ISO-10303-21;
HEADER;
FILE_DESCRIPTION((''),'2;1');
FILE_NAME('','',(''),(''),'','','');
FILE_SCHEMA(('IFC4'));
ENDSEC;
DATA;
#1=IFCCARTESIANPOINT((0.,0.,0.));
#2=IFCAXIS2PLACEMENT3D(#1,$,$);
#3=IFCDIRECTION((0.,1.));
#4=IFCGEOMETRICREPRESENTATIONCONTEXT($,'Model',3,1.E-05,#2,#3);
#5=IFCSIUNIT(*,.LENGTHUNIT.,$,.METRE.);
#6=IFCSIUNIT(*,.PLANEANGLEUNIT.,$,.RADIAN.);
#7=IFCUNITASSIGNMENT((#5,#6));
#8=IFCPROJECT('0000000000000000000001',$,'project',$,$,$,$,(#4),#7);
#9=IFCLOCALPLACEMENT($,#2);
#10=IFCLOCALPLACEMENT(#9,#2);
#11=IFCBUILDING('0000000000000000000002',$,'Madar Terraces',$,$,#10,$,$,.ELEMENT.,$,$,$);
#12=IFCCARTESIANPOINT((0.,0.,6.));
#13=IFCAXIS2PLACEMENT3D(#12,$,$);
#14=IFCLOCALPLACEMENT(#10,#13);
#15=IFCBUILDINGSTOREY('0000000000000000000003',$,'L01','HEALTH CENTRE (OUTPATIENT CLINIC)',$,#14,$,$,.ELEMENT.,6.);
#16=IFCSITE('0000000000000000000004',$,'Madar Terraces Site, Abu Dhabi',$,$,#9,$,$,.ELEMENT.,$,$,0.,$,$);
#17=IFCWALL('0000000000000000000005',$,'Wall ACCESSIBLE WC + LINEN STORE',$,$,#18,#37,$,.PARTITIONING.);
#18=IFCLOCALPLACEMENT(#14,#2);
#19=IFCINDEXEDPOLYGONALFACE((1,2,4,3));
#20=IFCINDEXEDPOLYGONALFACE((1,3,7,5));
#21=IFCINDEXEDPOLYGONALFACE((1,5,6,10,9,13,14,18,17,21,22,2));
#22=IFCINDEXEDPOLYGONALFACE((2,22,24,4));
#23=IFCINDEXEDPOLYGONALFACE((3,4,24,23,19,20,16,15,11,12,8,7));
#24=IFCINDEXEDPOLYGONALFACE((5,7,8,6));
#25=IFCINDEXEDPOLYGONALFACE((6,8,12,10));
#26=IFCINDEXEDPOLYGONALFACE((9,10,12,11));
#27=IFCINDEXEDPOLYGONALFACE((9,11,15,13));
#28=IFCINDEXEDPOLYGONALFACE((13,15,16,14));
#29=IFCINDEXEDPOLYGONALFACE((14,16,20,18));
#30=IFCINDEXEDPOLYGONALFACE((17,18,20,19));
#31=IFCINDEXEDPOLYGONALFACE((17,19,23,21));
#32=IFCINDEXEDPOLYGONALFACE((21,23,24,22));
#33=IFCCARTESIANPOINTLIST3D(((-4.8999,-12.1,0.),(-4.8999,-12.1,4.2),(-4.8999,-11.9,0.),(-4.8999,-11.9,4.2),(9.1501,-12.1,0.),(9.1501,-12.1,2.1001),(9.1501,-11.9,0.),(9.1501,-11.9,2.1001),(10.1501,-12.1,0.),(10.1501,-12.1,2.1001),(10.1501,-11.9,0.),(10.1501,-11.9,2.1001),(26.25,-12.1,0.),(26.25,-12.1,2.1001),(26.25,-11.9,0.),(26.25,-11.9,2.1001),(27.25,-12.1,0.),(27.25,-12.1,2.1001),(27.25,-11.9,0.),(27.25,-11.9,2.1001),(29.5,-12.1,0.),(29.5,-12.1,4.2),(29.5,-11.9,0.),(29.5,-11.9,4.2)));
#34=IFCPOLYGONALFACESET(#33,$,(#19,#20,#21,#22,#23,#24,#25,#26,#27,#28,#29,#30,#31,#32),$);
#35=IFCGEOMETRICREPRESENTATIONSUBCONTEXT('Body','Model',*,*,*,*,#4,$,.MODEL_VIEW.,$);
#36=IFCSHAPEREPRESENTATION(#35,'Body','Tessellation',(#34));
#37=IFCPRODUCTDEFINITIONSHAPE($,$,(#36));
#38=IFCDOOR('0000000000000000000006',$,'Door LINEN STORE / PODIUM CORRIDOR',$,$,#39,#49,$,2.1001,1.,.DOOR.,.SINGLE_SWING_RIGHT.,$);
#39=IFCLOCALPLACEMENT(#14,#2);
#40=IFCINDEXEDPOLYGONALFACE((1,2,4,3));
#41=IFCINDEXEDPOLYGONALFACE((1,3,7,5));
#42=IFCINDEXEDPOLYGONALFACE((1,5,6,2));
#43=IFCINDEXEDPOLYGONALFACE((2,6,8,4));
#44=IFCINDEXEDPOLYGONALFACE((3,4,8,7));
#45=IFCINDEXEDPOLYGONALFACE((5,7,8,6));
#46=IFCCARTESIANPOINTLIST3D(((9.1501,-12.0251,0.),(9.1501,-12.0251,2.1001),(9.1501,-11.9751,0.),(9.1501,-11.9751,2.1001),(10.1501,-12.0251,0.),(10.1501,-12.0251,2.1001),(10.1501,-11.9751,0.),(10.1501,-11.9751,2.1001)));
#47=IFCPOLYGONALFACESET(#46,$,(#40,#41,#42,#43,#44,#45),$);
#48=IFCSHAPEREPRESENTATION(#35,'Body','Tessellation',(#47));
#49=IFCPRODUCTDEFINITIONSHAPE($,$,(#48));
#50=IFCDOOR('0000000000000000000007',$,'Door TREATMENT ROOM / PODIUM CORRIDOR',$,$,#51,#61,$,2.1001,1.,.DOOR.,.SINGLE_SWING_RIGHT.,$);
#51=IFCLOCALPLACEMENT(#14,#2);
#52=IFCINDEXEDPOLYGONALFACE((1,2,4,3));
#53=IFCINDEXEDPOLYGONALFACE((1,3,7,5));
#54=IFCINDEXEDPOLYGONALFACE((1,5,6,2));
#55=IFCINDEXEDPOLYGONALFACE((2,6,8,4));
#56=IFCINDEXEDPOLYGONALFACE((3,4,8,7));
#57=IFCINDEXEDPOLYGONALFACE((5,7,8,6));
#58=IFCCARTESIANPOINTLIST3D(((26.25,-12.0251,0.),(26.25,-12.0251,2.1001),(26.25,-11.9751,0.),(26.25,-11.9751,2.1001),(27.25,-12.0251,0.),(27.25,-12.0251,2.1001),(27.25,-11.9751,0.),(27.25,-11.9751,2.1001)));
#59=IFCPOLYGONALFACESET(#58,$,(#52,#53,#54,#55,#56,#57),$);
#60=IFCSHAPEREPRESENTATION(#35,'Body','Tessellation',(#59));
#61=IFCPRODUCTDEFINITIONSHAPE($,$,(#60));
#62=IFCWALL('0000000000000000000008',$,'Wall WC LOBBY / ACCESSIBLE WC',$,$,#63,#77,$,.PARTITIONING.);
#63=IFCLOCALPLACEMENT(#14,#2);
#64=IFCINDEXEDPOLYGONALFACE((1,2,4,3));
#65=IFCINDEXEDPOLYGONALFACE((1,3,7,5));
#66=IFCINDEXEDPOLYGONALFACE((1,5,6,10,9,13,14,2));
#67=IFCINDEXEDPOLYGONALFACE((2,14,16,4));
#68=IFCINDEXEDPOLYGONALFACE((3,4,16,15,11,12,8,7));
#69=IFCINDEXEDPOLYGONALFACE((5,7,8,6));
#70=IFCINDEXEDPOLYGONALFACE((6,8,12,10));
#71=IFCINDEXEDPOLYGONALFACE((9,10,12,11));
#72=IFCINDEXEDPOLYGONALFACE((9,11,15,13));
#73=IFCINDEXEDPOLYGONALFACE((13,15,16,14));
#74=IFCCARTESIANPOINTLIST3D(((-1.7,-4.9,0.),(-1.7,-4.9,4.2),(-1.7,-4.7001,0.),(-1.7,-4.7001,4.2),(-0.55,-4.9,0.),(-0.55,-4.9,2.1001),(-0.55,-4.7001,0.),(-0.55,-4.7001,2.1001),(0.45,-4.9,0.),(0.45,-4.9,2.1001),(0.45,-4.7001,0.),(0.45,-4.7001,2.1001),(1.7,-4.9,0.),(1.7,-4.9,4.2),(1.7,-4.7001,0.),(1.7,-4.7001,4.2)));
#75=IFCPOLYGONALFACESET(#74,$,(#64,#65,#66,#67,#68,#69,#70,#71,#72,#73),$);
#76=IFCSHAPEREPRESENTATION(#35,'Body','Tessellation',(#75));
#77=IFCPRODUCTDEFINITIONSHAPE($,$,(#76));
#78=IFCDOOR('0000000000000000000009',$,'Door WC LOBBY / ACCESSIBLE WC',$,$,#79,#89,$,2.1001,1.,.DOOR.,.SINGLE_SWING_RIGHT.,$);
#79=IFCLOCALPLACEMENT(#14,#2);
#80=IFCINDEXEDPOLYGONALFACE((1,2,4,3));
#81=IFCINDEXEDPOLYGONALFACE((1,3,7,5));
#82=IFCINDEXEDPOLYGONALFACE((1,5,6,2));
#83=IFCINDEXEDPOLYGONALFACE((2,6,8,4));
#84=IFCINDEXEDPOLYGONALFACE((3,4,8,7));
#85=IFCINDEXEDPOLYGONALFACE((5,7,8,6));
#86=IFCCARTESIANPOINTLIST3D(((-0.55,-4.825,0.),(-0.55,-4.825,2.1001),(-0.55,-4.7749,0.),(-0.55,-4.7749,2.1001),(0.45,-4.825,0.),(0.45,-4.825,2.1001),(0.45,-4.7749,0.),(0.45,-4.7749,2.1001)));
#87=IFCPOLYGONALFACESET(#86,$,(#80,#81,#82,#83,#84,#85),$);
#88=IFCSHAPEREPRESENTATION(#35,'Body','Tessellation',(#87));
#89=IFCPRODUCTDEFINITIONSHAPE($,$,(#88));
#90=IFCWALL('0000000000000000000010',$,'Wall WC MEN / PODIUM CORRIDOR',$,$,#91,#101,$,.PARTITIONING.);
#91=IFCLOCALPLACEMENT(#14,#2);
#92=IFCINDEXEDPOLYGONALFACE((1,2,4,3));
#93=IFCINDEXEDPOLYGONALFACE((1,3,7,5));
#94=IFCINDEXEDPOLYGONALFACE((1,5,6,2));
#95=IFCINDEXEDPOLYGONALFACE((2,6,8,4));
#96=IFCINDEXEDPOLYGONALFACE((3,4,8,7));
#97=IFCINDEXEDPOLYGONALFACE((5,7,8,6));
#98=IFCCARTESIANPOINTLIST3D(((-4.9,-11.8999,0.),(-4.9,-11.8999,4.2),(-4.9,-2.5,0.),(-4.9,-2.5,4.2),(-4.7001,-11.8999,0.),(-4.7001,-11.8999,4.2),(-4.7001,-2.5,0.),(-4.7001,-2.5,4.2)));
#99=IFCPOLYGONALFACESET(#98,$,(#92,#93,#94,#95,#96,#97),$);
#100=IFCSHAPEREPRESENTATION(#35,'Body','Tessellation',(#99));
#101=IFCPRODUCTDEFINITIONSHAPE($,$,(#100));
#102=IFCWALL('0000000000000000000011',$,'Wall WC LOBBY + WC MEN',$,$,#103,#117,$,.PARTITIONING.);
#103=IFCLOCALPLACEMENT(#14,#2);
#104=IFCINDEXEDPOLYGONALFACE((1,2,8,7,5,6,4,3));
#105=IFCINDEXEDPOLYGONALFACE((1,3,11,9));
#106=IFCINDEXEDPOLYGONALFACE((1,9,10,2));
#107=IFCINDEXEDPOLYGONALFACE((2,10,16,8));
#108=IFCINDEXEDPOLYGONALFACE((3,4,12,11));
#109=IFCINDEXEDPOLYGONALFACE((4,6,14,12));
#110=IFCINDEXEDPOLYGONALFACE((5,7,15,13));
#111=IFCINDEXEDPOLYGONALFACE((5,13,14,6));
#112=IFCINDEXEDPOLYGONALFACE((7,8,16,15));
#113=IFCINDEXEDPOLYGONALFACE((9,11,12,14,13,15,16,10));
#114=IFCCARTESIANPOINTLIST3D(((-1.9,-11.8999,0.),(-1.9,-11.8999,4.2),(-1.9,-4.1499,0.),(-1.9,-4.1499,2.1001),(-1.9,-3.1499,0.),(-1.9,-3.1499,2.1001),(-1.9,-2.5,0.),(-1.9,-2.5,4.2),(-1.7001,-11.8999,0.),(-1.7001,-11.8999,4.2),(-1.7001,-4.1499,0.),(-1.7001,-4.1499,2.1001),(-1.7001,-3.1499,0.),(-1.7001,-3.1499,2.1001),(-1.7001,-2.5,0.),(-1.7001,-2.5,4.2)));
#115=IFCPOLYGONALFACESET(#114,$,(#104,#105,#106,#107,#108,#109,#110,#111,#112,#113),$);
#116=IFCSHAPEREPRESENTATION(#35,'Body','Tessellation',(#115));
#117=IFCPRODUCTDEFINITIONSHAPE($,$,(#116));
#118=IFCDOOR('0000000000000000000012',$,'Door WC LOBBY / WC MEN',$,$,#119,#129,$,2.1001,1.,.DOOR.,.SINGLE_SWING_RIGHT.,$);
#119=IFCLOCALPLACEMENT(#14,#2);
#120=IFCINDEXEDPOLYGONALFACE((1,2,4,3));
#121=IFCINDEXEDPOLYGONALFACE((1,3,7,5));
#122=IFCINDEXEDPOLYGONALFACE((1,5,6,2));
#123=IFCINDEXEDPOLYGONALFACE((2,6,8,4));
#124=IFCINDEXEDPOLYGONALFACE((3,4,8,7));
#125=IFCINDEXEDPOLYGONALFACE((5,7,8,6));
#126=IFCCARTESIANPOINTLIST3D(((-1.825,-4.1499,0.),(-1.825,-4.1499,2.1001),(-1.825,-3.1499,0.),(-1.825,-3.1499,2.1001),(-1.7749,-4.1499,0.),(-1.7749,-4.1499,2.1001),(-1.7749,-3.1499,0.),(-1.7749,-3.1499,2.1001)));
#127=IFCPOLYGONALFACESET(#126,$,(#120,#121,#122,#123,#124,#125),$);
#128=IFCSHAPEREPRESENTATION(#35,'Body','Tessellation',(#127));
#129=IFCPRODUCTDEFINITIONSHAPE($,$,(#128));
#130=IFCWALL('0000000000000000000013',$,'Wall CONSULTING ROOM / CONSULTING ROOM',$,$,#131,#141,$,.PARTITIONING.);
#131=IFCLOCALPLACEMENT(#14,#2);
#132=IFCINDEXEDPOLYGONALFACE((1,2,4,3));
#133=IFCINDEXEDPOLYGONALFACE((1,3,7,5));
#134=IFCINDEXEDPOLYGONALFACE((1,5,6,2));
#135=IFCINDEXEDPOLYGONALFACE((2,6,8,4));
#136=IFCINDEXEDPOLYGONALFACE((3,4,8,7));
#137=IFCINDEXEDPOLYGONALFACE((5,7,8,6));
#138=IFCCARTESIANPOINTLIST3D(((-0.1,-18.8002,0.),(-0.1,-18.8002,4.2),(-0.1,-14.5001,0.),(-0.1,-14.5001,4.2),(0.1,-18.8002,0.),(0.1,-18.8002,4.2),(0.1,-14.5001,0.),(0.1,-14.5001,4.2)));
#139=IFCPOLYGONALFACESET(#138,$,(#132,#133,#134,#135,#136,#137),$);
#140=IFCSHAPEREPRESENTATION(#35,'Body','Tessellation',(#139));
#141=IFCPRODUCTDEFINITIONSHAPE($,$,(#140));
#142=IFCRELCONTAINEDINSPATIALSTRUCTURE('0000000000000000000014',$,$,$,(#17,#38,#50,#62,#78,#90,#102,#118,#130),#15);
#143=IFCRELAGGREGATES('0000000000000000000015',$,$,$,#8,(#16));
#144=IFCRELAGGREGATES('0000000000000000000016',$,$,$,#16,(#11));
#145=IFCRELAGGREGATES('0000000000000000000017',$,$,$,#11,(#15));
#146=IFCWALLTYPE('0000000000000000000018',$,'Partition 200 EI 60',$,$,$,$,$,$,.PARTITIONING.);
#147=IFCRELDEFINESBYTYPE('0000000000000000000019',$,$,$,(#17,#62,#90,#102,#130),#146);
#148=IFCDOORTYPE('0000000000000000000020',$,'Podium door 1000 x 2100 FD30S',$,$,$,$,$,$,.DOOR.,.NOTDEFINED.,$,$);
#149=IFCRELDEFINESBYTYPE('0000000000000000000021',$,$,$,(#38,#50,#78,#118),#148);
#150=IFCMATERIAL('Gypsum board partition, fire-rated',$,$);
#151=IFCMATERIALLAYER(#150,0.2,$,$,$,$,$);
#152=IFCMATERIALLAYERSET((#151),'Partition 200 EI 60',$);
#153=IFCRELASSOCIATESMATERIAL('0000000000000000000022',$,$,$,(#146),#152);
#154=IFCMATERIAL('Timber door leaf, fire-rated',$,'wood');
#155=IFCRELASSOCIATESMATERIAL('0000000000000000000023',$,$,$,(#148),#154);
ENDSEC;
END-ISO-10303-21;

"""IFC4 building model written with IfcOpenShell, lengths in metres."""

from ifc_helpers import new_model, si_unit, direction, frame, frame_2d, origin, place, context, subcontext, project, spatial, rectangle, extrude, material, layer, layer_set, type_object, element, fill, save


model = new_model("IFC4")

# Units and contexts
model_context = context("Model", 3, precision=1e-05, world=origin(), true_north=direction((0.0, 1.0)))
body_context = subcontext(model_context, "Body", "Model", "MODEL_VIEW")
ifc_project = project(units=[si_unit("LENGTHUNIT", "METRE"), si_unit("PLANEANGLEUNIT", "RADIAN")], contexts=[model_context])

# Site, building, storey
site_placement = place(None, origin())
site = spatial("IfcSite", under=ifc_project, at=site_placement, Name="Madar Terraces Site, Abu Dhabi", CompositionType="ELEMENT", RefElevation=0.0)
building_placement = place(site_placement, origin())
building = spatial("IfcBuilding", under=site, at=building_placement, Name="Madar Terraces", CompositionType="ELEMENT")
storey_placement = place(building_placement, frame((0.0, 0.0, 6.0)))
storey = spatial("IfcBuildingStorey", under=building, at=storey_placement, Name="L01", Description="HEALTH CENTRE (OUTPATIENT CLINIC)", CompositionType="ELEMENT", Elevation=6.0)

# Shared definitions
ifc_material_1 = material(Name="Gypsum board partition, fire-rated")
ifc_layer_1 = layer(ifc_material_1, 0.2)
ifc_layer_set_1 = layer_set([ifc_layer_1], Name="Partition 200 EI 60")
wall_type = type_object("IfcWallType", Name="Partition 200 EI 60", PredefinedType="PARTITIONING", material=ifc_layer_set_1)

# Wall, openings, doors
wall_1_placement = place(storey_placement, frame((-4.8999, -12.0, 0.0), z_axis=(0.0, 0.0, 1.0), x_axis=(1.0, 0.0, 0.0)))
wall_1 = element("IfcWall", 1, at=wall_1_placement, inside=storey, type_object=wall_type, Name="Wall ACCESSIBLE WC + LINEN STORE", PredefinedType="PARTITIONING", context=body_context, shape_type="SweptSolid", body=[
    extrude(rectangle(XDim=34.3999, YDim=0.2, at=frame_2d((17.2, 0.0))), origin(), (0.0, 0.0, 1.0), 4.2),
])
opening_1_placement = place(wall_1_placement, frame((14.05, 0.0, 0.0)))
opening_1 = element("IfcOpeningElement", 2, at=opening_1_placement, cuts=wall_1, PredefinedType="OPENING", context=body_context, shape_type="SweptSolid", body=[
    extrude(rectangle(XDim=1.0, YDim=2.1001, at=frame_2d((0.5, 1.05))), frame((0.0, 0.1099, 0.0), z_axis=(0.0, -1.0, 0.0), x_axis=(1.0, 0.0, 0.0)), (0.0, 0.0, 1.0), 0.22),
])
opening_2_placement = place(wall_1_placement, frame((31.1499, 0.0, 0.0)))
opening_2 = element("IfcOpeningElement", 3, at=opening_2_placement, cuts=wall_1, PredefinedType="OPENING", context=body_context, shape_type="SweptSolid", body=[
    extrude(rectangle(XDim=1.0, YDim=2.1001, at=frame_2d((0.5, 1.05))), frame((0.0, 0.1099, 0.0), z_axis=(0.0, -1.0, 0.0), x_axis=(1.0, 0.0, 0.0)), (0.0, 0.0, 1.0), 0.22),
])
ifc_material_2 = material(Name="Timber door leaf, fire-rated", Category="wood")
door_type = type_object("IfcDoorType", Name="Podium door 1000 x 2100 FD30S", OperationType="NOTDEFINED", PredefinedType="DOOR", material=ifc_material_2)
door_1_placement = place(opening_1_placement, origin())
door_1 = element("IfcDoor", 4, at=door_1_placement, inside=storey, type_object=door_type, Name="Door LINEN STORE / PODIUM CORRIDOR", OperationType="SINGLE_SWING_RIGHT", OverallHeight=2.1001, OverallWidth=1.0, PredefinedType="DOOR", context=body_context, shape_type="SweptSolid", body=[
    extrude(rectangle(XDim=1.0, YDim=2.1001, at=frame_2d((0.5, 1.05))), frame((0.0, 0.0249, 0.0), z_axis=(0.0, -1.0, 0.0), x_axis=(1.0, 0.0, 0.0)), (0.0, 0.0, 1.0), 0.05),
])
fill(opening_1, door_1)
door_2_placement = place(opening_2_placement, origin())
door_2 = element("IfcDoor", 5, at=door_2_placement, inside=storey, type_object=door_type, Name="Door TREATMENT ROOM / PODIUM CORRIDOR", OperationType="SINGLE_SWING_RIGHT", OverallHeight=2.1001, OverallWidth=1.0, PredefinedType="DOOR", context=body_context, shape_type="SweptSolid", body=[
    extrude(rectangle(XDim=1.0, YDim=2.1001, at=frame_2d((0.5, 1.05))), frame((0.0, 0.0249, 0.0), z_axis=(0.0, -1.0, 0.0), x_axis=(1.0, 0.0, 0.0)), (0.0, 0.0, 1.0), 0.05),
])
fill(opening_2, door_2)

# Wall, opening, door
wall_2_placement = place(storey_placement, frame((1.7, -4.8, 0.0), z_axis=(0.0, 0.0, 1.0), x_axis=(-1.0, 0.0, 0.0)))
wall_2 = element("IfcWall", 6, at=wall_2_placement, inside=storey, type_object=wall_type, Name="Wall WC LOBBY / ACCESSIBLE WC", PredefinedType="PARTITIONING", context=body_context, shape_type="SweptSolid", body=[
    extrude(rectangle(XDim=3.3999, YDim=0.2, at=frame_2d((1.7, 0.0))), origin(), (0.0, 0.0, 1.0), 4.2),
])
opening_3_placement = place(wall_2_placement, frame((1.25, 0.0, 0.0)))
opening_3 = element("IfcOpeningElement", 7, at=opening_3_placement, cuts=wall_2, PredefinedType="OPENING", context=body_context, shape_type="SweptSolid", body=[
    extrude(rectangle(XDim=1.0, YDim=2.1001, at=frame_2d((0.5, 1.05))), frame((0.0, 0.1099, 0.0), z_axis=(0.0, -1.0, 0.0), x_axis=(1.0, 0.0, 0.0)), (0.0, 0.0, 1.0), 0.22),
])
door_3_placement = place(opening_3_placement, origin())
door_3 = element("IfcDoor", 8, at=door_3_placement, inside=storey, type_object=door_type, Name="Door WC LOBBY / ACCESSIBLE WC", OperationType="SINGLE_SWING_RIGHT", OverallHeight=2.1001, OverallWidth=1.0, PredefinedType="DOOR", context=body_context, shape_type="SweptSolid", body=[
    extrude(rectangle(XDim=1.0, YDim=2.1001, at=frame_2d((0.5, 1.05))), frame((0.0, 0.0249, 0.0), z_axis=(0.0, -1.0, 0.0), x_axis=(1.0, 0.0, 0.0)), (0.0, 0.0, 1.0), 0.05),
])
fill(opening_3, door_3)

# Wall
wall_3_placement = place(storey_placement, frame((-4.8, -11.8999, 0.0), z_axis=(0.0, 0.0, 1.0), x_axis=(0.0, 1.0, 0.0)))
element("IfcWall", 9, at=wall_3_placement, inside=storey, type_object=wall_type, Name="Wall WC MEN / PODIUM CORRIDOR", PredefinedType="PARTITIONING", context=body_context, shape_type="SweptSolid", body=[
    extrude(rectangle(XDim=9.3999, YDim=0.2, at=frame_2d((4.7, 0.0))), origin(), (0.0, 0.0, 1.0), 4.2),
])

# Wall, opening, door
wall_4_placement = place(storey_placement, frame((-1.8, -11.8999, 0.0), z_axis=(0.0, 0.0, 1.0), x_axis=(0.0, 1.0, 0.0)))
wall_4 = element("IfcWall", 10, at=wall_4_placement, inside=storey, type_object=wall_type, Name="Wall WC LOBBY + WC MEN", PredefinedType="PARTITIONING", context=body_context, shape_type="SweptSolid", body=[
    extrude(rectangle(XDim=9.3999, YDim=0.2, at=frame_2d((4.7, 0.0))), origin(), (0.0, 0.0, 1.0), 4.2),
])
opening_4_placement = place(wall_4_placement, frame((7.75, 0.0, 0.0)))
opening_4 = element("IfcOpeningElement", 11, at=opening_4_placement, cuts=wall_4, PredefinedType="OPENING", context=body_context, shape_type="SweptSolid", body=[
    extrude(rectangle(XDim=1.0, YDim=2.1001, at=frame_2d((0.5, 1.05))), frame((0.0, 0.1099, 0.0), z_axis=(0.0, -1.0, 0.0), x_axis=(1.0, 0.0, 0.0)), (0.0, 0.0, 1.0), 0.22),
])
door_4_placement = place(opening_4_placement, origin())
door_4 = element("IfcDoor", 12, at=door_4_placement, inside=storey, type_object=door_type, Name="Door WC LOBBY / WC MEN", OperationType="SINGLE_SWING_RIGHT", OverallHeight=2.1001, OverallWidth=1.0, PredefinedType="DOOR", context=body_context, shape_type="SweptSolid", body=[
    extrude(rectangle(XDim=1.0, YDim=2.1001, at=frame_2d((0.5, 1.05))), frame((0.0, 0.0249, 0.0), z_axis=(0.0, -1.0, 0.0), x_axis=(1.0, 0.0, 0.0)), (0.0, 0.0, 1.0), 0.05),
])
fill(opening_4, door_4)

# Wall
wall_5_placement = place(storey_placement, frame((0.0, -18.8, 0.0), z_axis=(0.0, 0.0, 1.0), x_axis=(0.0, 1.0, 0.0)))
element("IfcWall", 13, at=wall_5_placement, inside=storey, type_object=wall_type, Name="Wall CONSULTING ROOM / CONSULTING ROOM", PredefinedType="PARTITIONING", context=body_context, shape_type="SweptSolid", body=[
    extrude(rectangle(XDim=4.3, YDim=0.2, at=frame_2d((2.1499, 0.0))), origin(), (0.0, 0.0, 1.0), 4.2),
])

save(model, "model.ifc")
